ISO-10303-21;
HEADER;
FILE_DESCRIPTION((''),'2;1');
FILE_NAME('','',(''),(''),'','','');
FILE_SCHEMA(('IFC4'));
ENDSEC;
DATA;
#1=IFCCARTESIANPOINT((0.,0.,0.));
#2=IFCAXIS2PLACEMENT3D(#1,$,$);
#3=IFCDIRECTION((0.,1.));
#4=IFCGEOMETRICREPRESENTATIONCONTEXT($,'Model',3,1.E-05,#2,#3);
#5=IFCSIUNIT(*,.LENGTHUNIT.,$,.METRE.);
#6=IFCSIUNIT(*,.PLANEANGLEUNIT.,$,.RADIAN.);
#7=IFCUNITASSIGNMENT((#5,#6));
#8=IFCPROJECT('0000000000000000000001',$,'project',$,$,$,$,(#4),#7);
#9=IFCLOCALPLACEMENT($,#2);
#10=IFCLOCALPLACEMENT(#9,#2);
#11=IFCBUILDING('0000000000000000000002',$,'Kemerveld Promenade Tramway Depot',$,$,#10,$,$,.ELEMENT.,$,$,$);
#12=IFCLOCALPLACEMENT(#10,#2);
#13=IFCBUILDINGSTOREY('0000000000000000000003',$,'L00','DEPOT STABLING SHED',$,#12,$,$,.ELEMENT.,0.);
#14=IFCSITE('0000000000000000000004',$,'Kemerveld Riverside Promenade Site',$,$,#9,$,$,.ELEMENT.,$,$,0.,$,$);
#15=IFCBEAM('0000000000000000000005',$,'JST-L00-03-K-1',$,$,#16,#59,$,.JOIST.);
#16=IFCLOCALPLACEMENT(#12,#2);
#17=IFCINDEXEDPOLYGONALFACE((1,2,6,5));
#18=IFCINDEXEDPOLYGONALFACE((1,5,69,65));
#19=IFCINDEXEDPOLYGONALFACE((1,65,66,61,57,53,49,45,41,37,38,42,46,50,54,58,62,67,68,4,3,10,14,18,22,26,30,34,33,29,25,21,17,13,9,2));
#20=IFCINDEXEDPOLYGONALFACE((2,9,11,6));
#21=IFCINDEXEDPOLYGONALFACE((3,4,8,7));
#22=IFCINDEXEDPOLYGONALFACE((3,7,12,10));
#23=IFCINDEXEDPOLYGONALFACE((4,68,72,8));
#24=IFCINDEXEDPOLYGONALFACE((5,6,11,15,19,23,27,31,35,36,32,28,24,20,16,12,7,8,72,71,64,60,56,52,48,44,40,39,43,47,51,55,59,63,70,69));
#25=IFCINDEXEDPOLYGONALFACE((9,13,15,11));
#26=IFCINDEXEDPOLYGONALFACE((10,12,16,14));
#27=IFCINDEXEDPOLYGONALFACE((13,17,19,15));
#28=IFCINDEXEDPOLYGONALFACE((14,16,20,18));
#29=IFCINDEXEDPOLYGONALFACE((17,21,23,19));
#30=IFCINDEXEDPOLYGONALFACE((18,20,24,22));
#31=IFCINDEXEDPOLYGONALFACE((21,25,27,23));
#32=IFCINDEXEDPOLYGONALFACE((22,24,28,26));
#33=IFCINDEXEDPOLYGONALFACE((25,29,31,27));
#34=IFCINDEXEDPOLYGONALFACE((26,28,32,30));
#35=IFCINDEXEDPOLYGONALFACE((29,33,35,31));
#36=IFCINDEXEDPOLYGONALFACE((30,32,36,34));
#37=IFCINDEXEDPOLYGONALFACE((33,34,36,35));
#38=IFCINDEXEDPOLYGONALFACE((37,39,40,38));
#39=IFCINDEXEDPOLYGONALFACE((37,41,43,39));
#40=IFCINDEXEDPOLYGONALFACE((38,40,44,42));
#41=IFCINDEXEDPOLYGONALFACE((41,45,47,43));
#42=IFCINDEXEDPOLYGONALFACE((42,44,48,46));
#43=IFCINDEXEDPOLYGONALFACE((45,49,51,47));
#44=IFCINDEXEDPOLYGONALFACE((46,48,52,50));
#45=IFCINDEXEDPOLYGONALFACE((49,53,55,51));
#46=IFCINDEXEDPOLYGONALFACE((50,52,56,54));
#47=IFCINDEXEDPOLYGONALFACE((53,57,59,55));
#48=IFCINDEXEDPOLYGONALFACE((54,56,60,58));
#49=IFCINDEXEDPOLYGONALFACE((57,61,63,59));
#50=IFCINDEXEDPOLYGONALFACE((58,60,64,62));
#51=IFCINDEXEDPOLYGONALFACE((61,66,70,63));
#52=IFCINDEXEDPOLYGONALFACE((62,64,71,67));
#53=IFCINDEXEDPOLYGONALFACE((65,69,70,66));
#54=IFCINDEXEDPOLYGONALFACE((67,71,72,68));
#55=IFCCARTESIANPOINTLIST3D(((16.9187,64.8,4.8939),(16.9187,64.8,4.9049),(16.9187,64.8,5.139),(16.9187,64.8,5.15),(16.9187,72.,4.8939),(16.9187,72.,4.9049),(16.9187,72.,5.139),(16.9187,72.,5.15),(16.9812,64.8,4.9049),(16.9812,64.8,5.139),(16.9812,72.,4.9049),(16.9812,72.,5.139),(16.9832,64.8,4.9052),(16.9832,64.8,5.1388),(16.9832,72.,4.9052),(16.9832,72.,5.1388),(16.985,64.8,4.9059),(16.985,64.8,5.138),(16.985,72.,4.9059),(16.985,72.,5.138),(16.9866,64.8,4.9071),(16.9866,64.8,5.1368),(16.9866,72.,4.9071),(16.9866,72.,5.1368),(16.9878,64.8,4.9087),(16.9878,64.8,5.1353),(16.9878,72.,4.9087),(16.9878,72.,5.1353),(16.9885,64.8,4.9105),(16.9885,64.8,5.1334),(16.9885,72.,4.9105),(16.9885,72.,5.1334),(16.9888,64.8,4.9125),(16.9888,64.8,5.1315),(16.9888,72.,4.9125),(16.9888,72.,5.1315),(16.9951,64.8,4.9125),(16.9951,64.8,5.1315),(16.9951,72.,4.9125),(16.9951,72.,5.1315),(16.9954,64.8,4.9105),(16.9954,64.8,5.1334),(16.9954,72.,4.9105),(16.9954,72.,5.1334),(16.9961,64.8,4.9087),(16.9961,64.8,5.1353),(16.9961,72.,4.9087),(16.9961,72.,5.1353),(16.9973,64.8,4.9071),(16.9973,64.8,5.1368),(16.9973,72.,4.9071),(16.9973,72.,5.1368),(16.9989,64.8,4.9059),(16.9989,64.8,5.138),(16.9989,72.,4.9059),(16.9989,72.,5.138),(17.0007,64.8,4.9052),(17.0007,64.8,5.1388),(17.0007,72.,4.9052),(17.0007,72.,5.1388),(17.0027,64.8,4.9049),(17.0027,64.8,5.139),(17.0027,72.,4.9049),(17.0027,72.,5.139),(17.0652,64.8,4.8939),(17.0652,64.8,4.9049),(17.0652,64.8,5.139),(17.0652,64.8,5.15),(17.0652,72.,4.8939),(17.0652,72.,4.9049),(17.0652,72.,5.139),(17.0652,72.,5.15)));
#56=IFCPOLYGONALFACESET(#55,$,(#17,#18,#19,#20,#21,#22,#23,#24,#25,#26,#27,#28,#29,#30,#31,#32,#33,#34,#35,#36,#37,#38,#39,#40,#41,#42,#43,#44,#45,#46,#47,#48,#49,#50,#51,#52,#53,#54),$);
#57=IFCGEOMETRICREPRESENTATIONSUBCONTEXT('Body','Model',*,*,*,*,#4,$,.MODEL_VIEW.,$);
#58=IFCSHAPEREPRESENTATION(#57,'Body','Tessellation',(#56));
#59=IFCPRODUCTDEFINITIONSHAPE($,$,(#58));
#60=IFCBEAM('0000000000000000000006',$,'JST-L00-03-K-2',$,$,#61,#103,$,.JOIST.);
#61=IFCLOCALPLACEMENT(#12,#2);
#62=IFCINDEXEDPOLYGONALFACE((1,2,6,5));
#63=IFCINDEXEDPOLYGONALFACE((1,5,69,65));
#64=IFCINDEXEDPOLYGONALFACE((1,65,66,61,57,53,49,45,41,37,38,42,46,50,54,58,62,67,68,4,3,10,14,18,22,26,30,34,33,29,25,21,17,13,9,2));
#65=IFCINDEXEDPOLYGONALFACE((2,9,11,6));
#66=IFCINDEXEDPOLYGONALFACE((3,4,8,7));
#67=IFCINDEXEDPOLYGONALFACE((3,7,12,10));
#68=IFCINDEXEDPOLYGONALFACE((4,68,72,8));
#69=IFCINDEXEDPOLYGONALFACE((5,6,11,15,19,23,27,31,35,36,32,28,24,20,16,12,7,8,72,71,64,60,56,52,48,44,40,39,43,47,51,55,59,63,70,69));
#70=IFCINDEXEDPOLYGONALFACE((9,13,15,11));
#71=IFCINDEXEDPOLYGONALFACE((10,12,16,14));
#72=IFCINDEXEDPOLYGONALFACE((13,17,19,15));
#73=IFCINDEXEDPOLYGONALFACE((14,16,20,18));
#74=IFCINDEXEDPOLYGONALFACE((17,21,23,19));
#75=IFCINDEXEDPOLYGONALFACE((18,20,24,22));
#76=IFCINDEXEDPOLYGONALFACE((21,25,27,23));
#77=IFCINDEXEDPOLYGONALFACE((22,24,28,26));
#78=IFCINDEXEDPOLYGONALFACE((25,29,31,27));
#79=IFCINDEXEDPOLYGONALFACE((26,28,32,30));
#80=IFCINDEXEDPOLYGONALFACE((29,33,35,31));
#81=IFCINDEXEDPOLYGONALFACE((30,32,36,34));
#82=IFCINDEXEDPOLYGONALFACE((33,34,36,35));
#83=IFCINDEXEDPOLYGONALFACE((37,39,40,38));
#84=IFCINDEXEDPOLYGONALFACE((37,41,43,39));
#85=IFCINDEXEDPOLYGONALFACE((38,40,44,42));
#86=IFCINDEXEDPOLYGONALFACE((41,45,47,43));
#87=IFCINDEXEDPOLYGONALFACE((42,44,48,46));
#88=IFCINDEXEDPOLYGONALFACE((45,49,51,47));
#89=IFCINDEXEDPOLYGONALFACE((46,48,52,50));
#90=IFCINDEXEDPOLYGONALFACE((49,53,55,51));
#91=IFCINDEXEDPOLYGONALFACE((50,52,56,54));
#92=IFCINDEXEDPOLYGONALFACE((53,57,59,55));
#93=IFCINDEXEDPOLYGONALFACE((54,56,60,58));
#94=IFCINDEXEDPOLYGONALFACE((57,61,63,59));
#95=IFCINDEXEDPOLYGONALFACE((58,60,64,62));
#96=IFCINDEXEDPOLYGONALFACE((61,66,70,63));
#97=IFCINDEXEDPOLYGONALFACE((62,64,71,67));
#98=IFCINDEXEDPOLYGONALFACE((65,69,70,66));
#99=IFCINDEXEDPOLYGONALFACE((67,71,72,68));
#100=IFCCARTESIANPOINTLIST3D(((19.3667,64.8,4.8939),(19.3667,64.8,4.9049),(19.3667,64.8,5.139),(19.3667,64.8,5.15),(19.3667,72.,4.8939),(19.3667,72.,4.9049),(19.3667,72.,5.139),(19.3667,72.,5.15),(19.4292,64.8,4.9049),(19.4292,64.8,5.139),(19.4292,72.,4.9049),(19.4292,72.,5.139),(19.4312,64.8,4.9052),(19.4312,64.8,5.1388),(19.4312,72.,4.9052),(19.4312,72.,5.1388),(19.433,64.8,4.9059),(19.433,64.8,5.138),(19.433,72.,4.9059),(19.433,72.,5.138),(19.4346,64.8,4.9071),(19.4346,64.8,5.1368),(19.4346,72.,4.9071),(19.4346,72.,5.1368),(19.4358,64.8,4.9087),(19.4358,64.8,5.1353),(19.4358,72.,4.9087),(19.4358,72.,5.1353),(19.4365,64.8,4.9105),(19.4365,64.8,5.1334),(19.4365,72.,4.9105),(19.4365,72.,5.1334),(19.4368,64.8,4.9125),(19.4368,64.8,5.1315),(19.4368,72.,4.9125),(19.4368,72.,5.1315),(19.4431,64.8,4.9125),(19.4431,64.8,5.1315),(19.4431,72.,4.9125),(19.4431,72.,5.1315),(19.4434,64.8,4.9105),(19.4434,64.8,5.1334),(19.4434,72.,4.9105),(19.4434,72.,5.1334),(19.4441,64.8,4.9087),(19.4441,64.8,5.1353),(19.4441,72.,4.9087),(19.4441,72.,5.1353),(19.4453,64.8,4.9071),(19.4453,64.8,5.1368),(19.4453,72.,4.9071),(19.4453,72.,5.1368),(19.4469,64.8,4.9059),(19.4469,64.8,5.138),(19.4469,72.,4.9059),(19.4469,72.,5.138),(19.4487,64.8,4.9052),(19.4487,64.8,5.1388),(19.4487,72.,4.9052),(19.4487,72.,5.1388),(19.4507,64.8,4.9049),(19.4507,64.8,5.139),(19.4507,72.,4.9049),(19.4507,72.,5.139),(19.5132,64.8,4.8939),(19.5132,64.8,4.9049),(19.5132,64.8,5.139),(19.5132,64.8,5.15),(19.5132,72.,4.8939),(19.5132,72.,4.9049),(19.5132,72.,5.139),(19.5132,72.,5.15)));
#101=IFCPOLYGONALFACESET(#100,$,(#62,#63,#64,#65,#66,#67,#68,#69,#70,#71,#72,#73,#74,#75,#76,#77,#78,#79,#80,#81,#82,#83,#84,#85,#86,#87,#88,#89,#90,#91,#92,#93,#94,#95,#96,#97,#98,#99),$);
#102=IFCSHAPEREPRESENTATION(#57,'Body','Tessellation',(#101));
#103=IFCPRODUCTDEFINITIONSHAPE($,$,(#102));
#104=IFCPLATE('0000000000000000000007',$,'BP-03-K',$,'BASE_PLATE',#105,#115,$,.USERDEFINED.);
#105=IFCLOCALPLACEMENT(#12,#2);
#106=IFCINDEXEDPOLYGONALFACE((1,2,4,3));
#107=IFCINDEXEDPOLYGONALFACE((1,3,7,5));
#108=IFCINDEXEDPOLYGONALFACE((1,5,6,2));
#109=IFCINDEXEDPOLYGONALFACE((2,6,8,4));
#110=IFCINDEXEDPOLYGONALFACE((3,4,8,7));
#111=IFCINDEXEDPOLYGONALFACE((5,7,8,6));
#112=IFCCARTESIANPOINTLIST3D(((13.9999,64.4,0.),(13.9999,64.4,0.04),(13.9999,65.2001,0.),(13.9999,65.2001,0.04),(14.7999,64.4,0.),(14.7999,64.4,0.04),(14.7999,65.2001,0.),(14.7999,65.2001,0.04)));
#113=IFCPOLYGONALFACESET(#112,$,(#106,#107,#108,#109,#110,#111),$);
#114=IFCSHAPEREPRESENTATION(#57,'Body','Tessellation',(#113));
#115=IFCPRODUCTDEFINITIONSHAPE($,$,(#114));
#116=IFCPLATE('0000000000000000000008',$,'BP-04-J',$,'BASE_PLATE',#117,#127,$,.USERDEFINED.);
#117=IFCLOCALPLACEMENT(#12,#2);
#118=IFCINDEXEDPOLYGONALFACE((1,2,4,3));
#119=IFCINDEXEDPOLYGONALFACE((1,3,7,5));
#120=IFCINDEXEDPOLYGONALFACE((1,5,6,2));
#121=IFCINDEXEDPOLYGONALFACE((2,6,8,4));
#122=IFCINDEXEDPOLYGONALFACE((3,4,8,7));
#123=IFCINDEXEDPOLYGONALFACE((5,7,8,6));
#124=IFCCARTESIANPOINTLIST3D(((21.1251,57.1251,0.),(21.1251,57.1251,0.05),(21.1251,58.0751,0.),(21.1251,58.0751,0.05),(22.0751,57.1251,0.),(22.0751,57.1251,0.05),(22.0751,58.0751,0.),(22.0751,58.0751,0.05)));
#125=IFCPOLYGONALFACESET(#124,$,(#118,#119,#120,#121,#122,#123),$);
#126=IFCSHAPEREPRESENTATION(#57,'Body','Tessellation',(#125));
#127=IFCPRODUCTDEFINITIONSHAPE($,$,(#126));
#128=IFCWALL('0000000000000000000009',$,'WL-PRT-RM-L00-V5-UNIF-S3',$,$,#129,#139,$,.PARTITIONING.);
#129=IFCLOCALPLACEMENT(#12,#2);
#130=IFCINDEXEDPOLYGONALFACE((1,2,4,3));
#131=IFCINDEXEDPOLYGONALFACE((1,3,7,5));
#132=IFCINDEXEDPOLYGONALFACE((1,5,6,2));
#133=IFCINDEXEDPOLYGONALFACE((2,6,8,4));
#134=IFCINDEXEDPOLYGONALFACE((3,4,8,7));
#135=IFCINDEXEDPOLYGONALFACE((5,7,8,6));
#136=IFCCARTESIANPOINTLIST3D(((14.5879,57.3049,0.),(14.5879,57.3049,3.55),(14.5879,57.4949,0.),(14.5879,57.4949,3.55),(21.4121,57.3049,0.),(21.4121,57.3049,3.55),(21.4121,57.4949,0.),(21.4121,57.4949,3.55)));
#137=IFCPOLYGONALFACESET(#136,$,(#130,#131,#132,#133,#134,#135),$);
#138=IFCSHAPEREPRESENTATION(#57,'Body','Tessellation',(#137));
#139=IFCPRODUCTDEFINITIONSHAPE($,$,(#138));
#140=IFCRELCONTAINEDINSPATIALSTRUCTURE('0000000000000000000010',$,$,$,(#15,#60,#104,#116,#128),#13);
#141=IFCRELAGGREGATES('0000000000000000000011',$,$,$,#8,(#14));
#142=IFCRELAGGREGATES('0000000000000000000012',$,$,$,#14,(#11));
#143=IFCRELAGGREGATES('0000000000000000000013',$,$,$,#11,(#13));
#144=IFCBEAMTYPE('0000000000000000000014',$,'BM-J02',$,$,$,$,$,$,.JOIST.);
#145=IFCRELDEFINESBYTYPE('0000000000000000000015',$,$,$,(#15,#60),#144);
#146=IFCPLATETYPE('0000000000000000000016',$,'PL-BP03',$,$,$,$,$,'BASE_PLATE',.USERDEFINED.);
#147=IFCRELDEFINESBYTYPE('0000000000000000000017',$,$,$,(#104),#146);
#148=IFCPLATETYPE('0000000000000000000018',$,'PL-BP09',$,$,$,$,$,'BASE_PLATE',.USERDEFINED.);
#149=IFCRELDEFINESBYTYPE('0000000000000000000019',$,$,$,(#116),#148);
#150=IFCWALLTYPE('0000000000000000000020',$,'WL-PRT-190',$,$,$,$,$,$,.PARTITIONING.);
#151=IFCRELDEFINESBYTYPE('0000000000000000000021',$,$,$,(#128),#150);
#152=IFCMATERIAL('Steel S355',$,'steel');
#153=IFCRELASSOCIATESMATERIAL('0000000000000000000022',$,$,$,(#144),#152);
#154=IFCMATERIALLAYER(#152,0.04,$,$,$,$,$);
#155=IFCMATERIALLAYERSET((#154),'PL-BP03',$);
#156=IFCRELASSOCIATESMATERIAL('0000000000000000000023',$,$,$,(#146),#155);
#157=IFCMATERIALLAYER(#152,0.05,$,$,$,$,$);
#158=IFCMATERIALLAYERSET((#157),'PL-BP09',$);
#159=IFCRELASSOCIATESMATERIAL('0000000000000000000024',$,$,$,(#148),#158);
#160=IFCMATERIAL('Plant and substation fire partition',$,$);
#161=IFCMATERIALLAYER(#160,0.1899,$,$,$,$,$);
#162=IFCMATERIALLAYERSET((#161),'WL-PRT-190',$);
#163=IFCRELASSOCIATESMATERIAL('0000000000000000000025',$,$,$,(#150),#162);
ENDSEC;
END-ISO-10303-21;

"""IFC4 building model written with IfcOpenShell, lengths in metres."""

from ifc_helpers import new_model, si_unit, direction, frame, frame_2d, origin, origin_2d, place, context, subcontext, project, spatial, rectangle, i_section, extrude, material, layer, layer_set, material_profile, profile_set, type_object, element, save


model = new_model("IFC4")

# Units and contexts
model_context = context("Model", 3, precision=1e-05, world=origin(), true_north=direction((0.0, 1.0)))
body_context = subcontext(model_context, "Body", "Model", "MODEL_VIEW")
ifc_project = project(units=[si_unit("LENGTHUNIT", "METRE"), si_unit("PLANEANGLEUNIT", "RADIAN")], contexts=[model_context])

# Site, building, storey
site_placement = place(None, origin())
site = spatial("IfcSite", under=ifc_project, at=site_placement, Name="Kemerveld Riverside Promenade Site", CompositionType="ELEMENT", RefElevation=0.0)
building_placement = place(site_placement, origin())
building = spatial("IfcBuilding", under=site, at=building_placement, Name="Kemerveld Promenade Tramway Depot", CompositionType="ELEMENT")
storey_placement = place(building_placement, origin())
storey = spatial("IfcBuildingStorey", under=building, at=storey_placement, Name="L00", Description="DEPOT STABLING SHED", CompositionType="ELEMENT", Elevation=0.0)

# Shared definitions
ifc_material_1 = material(Name="Steel S355", Category="steel")

# Beams
ifc_material_profile_1 = material_profile(ifc_material_1, i_section(OverallWidth=0.1465, OverallDepth=0.2561, WebThickness=0.0063, FlangeThickness=0.011, FilletRadius=0.0076, at=origin_2d()), Name="254x146x37 UB")
ifc_profile_set_1 = profile_set([ifc_material_profile_1], Name="Steel S355")
beam_type_1 = type_object("IfcBeamType", Name="BM-J02", PredefinedType="JOIST", material=ifc_profile_set_1)
for number, where, z_axis, x_axis, name in (
    (1, (16.9919, 64.8, 5.022), (0.0, 1.0, 0.0), (-1.0, 0.0, 0.0), "JST-L00-03-K-1"),
    (2, (19.4399, 64.8, 5.022), (0.0, 1.0, 0.0), (-1.0, 0.0, 0.0), "JST-L00-03-K-2"),
):
    element("IfcBeam", number, at=place(storey_placement, frame(where, z_axis=z_axis, x_axis=x_axis)), inside=storey, type_object=beam_type_1, Name=name, PredefinedType="JOIST", context=body_context, shape_type="SweptSolid", body=[
        extrude(i_section(OverallWidth=0.1465, OverallDepth=0.2561, WebThickness=0.0063, FlangeThickness=0.011, FilletRadius=0.0076, at=origin_2d()), origin(), (0.0, 0.0, 1.0), 7.2),
    ])

# Plates
ifc_layer_1 = layer(ifc_material_1, 0.04)
ifc_layer_set_1 = layer_set([ifc_layer_1], Name="PL-BP03")
plate_type_1 = type_object("IfcPlateType", Name="PL-BP03", ElementType="BASE_PLATE", PredefinedType="USERDEFINED", material=ifc_layer_set_1)
plate_1_placement = place(storey_placement, frame((14.3999, 64.8, 0.0), z_axis=(0.0, 0.0, 1.0), x_axis=(1.0, 0.0, 0.0)))
element("IfcPlate", 3, at=plate_1_placement, inside=storey, type_object=plate_type_1, Name="BP-03-K", ObjectType="BASE_PLATE", PredefinedType="USERDEFINED", context=body_context, shape_type="SweptSolid", body=[
    extrude(rectangle(XDim=0.8, YDim=0.8, at=origin_2d()), origin(), (0.0, 0.0, 1.0), 0.04),
])
ifc_layer_2 = layer(ifc_material_1, 0.05)
ifc_layer_set_2 = layer_set([ifc_layer_2], Name="PL-BP09")
plate_type_2 = type_object("IfcPlateType", Name="PL-BP09", ElementType="BASE_PLATE", PredefinedType="USERDEFINED", material=ifc_layer_set_2)
plate_2_placement = place(storey_placement, frame((21.6001, 57.6001, 0.0), z_axis=(0.0, 0.0, 1.0), x_axis=(1.0, 0.0, 0.0)))
element("IfcPlate", 4, at=plate_2_placement, inside=storey, type_object=plate_type_2, Name="BP-04-J", ObjectType="BASE_PLATE", PredefinedType="USERDEFINED", context=body_context, shape_type="SweptSolid", body=[
    extrude(rectangle(XDim=0.95, YDim=0.95, at=origin_2d()), origin(), (0.0, 0.0, 1.0), 0.05),
])

# Wall
ifc_material_2 = material(Name="Plant and substation fire partition")
ifc_layer_3 = layer(ifc_material_2, 0.1899)
ifc_layer_set_3 = layer_set([ifc_layer_3], Name="WL-PRT-190")
wall_type = type_object("IfcWallType", Name="WL-PRT-190", PredefinedType="PARTITIONING", material=ifc_layer_set_3)
wall_placement = place(storey_placement, frame((14.5879, 57.3999, 0.0), z_axis=(0.0, 0.0, 1.0), x_axis=(1.0, 0.0, 0.0)))
element("IfcWall", 5, at=wall_placement, inside=storey, type_object=wall_type, Name="WL-PRT-RM-L00-V5-UNIF-S3", PredefinedType="PARTITIONING", context=body_context, shape_type="SweptSolid", body=[
    extrude(rectangle(XDim=6.8242, YDim=0.1899, at=frame_2d((3.4121, 0.0))), origin(), (0.0, 0.0, 1.0), 3.55),
])

save(model, "model.ifc")
